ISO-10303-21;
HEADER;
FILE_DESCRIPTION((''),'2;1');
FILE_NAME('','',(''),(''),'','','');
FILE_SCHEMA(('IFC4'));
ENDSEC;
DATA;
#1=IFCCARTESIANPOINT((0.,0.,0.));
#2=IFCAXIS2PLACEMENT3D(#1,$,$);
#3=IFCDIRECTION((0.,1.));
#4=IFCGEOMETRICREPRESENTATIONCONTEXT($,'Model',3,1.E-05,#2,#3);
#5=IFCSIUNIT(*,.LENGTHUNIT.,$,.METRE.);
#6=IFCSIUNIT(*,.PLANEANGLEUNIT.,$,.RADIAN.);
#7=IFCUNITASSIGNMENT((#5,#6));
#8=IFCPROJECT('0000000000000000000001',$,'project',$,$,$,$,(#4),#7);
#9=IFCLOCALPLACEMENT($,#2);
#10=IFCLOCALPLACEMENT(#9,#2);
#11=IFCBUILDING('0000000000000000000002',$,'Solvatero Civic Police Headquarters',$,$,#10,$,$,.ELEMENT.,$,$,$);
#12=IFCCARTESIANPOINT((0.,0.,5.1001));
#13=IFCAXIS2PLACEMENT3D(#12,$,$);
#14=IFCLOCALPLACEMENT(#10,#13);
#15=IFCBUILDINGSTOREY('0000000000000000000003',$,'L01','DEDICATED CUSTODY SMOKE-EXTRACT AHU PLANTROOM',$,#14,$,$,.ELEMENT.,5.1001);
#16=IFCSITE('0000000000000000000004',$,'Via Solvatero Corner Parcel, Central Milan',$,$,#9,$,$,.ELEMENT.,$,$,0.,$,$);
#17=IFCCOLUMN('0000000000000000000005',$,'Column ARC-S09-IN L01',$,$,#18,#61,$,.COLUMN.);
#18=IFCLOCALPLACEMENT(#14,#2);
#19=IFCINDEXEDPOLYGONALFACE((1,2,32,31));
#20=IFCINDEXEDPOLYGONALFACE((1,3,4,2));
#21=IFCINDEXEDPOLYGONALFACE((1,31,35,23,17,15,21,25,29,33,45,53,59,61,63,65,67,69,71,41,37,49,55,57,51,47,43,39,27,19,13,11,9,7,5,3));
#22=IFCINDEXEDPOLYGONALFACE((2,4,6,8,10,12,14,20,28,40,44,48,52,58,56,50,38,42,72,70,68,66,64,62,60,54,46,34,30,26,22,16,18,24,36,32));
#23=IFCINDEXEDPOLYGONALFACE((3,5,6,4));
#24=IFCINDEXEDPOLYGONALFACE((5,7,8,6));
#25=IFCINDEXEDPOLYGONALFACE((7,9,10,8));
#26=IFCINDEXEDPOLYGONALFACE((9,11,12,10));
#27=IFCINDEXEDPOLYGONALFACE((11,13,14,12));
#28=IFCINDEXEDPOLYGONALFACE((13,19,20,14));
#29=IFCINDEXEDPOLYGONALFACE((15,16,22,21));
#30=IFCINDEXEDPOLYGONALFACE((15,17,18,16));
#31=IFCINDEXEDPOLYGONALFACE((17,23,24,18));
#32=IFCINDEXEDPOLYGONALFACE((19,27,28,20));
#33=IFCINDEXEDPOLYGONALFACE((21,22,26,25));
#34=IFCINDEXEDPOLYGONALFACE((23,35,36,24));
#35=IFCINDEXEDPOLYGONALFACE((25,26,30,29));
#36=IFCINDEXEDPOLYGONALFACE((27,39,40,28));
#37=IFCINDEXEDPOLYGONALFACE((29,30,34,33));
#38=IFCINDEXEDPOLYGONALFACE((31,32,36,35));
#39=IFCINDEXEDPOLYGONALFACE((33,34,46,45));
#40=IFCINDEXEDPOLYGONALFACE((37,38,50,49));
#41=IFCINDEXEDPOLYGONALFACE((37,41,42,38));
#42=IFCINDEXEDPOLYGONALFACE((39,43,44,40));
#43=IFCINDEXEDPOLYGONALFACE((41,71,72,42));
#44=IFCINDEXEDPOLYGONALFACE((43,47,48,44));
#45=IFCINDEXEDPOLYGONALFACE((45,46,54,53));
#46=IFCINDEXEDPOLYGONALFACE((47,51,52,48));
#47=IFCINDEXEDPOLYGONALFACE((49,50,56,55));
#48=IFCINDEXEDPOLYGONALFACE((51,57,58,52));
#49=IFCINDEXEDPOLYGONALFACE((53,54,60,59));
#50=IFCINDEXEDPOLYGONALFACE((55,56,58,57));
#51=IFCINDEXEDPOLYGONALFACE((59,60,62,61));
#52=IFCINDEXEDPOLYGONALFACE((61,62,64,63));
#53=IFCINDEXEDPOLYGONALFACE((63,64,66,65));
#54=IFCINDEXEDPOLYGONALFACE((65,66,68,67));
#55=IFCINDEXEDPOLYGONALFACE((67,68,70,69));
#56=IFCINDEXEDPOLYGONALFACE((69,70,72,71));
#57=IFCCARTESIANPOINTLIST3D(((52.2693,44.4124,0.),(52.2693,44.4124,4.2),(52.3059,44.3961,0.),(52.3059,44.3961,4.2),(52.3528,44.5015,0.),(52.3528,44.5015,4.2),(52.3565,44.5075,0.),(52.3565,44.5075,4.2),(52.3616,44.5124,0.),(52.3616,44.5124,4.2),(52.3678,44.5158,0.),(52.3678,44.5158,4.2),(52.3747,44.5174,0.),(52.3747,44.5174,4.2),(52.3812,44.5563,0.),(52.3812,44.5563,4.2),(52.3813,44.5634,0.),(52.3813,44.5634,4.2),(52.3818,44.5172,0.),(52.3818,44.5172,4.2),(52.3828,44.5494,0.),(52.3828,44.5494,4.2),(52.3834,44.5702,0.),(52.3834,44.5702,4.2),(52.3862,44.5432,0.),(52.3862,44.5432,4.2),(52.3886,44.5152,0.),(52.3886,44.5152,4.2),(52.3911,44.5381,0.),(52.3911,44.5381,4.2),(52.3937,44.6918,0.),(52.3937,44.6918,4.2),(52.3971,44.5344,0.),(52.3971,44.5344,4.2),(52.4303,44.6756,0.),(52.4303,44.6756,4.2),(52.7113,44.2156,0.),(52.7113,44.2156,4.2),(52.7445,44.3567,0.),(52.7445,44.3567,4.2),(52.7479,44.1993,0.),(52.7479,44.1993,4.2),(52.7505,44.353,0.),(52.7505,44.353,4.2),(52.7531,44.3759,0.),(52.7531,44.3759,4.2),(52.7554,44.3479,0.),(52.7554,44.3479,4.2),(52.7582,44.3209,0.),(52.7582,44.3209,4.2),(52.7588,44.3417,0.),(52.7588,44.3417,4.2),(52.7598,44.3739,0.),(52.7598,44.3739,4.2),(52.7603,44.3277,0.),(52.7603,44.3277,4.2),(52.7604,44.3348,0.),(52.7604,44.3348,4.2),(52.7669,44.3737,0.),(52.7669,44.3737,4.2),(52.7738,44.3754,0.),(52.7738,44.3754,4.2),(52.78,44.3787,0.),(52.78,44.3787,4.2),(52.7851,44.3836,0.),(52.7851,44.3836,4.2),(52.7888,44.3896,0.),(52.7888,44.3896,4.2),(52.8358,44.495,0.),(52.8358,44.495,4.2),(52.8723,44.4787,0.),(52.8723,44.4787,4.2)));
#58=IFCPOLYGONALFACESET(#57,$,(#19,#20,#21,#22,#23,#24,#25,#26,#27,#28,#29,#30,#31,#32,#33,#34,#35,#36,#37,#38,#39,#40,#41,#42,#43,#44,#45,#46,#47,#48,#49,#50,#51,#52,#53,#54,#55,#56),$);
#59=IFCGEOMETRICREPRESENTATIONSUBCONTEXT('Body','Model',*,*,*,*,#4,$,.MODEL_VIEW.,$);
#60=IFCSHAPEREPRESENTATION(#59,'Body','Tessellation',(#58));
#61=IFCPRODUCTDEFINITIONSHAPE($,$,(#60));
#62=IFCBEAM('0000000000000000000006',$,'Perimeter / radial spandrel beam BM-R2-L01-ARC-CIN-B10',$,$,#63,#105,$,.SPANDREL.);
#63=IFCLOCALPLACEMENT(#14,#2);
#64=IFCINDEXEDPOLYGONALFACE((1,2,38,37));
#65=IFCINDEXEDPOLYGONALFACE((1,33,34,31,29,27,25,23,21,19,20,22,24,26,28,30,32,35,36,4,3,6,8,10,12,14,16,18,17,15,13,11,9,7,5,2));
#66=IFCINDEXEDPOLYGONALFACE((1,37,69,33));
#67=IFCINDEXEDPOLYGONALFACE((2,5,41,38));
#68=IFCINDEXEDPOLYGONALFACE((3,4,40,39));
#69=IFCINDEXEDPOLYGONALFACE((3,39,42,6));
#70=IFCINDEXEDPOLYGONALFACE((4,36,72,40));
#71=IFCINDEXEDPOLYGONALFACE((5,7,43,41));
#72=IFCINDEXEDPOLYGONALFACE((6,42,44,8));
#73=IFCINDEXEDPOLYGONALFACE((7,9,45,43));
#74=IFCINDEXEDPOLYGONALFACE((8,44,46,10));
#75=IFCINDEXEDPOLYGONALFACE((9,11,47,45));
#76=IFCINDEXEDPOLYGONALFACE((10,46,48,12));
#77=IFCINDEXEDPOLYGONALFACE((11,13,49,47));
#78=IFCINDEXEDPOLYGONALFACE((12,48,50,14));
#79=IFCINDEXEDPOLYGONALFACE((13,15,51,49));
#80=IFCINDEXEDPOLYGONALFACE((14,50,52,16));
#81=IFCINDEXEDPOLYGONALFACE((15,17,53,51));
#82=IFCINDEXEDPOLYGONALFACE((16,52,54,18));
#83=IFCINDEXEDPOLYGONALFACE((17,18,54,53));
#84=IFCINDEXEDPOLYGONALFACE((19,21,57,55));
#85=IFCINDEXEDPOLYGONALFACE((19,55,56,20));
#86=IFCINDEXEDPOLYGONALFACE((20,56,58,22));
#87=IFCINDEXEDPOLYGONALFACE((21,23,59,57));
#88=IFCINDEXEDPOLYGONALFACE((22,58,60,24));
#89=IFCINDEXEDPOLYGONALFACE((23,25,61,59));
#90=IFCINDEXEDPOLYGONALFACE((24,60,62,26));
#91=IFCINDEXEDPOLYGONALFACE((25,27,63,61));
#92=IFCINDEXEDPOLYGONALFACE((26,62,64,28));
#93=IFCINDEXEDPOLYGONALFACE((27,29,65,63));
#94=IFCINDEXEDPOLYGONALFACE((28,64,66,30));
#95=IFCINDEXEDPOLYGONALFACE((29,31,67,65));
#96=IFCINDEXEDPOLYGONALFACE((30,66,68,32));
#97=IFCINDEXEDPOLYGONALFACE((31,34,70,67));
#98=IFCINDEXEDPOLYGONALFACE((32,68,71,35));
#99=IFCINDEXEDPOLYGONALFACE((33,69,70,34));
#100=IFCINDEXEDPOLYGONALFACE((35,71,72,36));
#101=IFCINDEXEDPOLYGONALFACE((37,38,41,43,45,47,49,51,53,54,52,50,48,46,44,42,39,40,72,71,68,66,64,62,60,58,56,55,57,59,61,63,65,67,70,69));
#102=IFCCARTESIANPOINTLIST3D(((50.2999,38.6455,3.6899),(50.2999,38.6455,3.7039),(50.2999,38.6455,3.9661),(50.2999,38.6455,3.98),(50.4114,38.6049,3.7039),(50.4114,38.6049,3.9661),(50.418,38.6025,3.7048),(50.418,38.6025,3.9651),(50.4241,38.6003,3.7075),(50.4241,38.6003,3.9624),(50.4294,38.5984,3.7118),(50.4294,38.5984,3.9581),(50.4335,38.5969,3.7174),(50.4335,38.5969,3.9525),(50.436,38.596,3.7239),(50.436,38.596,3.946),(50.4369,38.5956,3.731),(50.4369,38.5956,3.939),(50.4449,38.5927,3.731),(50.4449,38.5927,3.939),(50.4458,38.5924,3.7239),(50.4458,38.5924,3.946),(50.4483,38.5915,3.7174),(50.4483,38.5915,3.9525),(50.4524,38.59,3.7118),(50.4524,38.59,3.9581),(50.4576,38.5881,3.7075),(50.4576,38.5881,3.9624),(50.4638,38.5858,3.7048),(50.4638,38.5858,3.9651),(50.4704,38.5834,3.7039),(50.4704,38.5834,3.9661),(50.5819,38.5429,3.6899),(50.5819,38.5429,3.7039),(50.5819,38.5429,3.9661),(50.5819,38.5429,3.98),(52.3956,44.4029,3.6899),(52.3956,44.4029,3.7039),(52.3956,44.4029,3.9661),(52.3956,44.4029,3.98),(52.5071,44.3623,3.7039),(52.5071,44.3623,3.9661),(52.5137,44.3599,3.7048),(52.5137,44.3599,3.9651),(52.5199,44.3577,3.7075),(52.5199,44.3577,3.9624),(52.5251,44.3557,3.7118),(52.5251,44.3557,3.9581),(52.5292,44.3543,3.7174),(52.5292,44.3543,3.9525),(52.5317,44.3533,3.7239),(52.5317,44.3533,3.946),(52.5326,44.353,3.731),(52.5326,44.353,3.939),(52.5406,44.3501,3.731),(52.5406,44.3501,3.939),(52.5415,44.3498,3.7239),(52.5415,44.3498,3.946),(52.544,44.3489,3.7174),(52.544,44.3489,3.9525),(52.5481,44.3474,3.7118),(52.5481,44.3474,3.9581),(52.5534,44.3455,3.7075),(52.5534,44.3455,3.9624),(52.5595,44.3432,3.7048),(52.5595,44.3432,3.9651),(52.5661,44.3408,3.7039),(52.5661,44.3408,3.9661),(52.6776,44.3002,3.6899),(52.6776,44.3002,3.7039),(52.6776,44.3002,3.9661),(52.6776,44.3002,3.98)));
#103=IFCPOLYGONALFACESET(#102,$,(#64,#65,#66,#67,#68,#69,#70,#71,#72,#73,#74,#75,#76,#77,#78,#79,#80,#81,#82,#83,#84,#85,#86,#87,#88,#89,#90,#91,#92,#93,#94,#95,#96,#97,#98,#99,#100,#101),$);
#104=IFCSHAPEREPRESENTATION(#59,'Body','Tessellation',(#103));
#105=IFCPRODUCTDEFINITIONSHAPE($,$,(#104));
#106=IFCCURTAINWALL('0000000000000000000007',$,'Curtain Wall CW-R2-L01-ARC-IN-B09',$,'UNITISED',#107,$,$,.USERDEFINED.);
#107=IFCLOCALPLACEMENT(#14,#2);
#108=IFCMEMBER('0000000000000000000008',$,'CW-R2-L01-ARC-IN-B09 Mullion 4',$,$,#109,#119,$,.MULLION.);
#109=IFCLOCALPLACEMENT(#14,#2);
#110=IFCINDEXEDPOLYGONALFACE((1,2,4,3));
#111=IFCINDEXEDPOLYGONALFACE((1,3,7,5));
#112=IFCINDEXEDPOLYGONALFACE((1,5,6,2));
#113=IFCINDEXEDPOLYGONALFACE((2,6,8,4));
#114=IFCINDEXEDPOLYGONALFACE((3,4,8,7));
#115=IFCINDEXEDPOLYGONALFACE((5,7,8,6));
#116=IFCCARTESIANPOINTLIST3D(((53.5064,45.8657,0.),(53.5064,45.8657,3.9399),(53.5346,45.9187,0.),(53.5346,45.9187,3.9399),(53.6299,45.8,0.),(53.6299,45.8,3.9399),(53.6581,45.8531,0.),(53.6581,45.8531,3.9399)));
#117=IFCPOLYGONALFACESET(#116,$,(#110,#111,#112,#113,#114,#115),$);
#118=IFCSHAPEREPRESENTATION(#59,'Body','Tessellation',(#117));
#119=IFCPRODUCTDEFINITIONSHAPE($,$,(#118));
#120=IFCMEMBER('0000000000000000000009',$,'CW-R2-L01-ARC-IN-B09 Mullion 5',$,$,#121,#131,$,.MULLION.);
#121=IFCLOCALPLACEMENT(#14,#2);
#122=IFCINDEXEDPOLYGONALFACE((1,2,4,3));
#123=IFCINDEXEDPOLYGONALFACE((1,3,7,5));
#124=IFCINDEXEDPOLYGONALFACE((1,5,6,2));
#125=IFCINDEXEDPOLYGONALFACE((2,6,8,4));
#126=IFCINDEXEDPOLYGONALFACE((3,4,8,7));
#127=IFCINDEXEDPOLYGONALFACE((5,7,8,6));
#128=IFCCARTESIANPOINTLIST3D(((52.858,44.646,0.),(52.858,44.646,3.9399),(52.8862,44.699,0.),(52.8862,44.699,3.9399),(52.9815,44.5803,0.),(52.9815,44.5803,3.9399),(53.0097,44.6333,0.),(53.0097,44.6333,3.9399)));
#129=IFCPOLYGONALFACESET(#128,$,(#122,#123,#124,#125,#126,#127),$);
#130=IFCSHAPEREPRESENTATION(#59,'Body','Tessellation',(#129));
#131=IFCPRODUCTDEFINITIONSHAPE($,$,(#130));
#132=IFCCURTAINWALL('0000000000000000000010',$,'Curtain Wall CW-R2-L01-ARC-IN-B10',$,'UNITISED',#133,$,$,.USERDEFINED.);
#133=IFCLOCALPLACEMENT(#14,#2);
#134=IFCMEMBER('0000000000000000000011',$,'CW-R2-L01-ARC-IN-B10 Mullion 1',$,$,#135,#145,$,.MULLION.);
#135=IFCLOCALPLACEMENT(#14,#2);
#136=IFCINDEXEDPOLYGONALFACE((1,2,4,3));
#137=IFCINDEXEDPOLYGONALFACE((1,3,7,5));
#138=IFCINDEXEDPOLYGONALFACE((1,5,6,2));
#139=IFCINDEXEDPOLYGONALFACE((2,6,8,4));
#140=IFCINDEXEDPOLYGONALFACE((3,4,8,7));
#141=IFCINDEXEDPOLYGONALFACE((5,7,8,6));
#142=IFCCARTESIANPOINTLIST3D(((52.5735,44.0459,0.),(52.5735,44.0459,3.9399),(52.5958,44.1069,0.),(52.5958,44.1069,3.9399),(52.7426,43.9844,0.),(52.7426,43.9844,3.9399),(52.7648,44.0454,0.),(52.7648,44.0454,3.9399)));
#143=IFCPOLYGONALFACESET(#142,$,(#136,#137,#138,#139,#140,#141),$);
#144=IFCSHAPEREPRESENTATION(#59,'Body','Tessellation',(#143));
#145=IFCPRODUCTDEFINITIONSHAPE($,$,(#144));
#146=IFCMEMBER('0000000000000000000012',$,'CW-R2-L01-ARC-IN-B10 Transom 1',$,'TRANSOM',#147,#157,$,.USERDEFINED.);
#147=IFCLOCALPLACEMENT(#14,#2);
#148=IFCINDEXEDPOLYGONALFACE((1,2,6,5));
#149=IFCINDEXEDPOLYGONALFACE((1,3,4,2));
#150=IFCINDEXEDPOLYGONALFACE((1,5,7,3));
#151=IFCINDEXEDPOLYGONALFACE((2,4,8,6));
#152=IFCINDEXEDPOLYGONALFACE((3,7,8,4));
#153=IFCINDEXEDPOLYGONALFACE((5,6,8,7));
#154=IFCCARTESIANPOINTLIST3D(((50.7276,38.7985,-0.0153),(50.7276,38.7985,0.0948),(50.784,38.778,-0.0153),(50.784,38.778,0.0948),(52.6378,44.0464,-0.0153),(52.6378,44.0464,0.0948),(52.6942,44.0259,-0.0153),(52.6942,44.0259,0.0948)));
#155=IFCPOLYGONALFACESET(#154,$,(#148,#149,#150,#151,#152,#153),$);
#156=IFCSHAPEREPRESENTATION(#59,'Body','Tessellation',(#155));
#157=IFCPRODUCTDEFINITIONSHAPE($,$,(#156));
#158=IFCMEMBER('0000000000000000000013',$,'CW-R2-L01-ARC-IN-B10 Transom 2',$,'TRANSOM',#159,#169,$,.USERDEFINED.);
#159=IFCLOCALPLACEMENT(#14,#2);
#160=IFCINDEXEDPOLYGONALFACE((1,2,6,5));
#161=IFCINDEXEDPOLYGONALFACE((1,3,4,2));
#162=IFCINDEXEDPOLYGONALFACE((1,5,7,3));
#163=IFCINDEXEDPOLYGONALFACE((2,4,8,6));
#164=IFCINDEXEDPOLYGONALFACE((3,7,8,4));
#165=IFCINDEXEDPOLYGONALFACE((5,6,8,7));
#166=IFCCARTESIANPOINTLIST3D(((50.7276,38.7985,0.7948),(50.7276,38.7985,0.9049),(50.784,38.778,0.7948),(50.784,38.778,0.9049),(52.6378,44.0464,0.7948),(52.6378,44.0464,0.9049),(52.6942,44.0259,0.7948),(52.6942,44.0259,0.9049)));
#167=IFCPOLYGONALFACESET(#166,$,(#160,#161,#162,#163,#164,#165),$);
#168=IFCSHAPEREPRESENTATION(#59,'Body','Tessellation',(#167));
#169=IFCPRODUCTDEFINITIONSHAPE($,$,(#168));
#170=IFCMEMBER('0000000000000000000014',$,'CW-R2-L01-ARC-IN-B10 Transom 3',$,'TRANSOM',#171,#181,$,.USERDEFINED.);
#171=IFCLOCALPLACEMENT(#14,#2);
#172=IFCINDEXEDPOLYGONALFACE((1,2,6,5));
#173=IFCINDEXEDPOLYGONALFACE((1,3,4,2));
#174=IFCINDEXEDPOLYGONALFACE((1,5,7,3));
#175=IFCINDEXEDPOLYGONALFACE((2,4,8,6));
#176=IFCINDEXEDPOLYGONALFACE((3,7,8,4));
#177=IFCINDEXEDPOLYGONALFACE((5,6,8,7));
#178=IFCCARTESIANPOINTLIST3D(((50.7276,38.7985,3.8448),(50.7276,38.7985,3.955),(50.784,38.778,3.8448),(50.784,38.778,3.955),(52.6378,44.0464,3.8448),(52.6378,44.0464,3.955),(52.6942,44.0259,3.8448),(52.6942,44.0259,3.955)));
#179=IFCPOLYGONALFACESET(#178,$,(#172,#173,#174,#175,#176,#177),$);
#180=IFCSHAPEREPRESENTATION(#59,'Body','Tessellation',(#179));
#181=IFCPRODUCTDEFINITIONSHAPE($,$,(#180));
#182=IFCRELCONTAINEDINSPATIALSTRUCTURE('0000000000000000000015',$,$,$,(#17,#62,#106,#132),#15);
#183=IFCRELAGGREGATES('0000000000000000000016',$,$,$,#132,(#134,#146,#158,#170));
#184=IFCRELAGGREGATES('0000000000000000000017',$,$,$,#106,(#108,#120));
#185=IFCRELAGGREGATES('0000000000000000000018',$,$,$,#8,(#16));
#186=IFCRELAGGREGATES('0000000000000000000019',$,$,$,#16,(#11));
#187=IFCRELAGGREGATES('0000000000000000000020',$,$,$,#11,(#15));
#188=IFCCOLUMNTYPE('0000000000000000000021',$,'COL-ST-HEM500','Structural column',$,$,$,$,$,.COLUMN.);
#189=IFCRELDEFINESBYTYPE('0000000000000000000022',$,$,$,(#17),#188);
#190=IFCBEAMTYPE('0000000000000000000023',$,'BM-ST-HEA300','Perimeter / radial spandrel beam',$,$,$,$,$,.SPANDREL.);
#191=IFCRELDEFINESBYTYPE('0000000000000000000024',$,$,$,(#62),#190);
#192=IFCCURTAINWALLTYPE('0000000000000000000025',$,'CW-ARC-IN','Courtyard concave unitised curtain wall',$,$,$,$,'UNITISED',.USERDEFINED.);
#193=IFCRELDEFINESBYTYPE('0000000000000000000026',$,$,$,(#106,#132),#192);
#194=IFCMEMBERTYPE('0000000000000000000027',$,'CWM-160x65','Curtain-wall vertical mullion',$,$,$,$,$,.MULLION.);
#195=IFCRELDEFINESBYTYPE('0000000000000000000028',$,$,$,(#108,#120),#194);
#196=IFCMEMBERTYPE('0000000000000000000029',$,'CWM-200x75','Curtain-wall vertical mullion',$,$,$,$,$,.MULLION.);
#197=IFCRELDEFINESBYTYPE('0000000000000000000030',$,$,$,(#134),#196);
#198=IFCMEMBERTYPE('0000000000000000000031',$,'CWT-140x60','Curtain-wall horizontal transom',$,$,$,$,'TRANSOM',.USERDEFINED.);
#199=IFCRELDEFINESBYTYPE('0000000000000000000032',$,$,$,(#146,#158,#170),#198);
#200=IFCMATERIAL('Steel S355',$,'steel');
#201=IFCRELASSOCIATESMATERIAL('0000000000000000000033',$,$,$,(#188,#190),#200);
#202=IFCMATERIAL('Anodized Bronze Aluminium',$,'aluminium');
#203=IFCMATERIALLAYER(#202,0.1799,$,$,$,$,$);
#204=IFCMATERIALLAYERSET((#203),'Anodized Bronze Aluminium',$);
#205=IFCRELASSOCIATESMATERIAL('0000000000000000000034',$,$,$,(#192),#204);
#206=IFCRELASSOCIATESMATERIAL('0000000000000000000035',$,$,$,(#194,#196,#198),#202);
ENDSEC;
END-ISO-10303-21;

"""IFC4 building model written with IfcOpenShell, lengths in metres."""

from ifc_helpers import new_model, si_unit, direction, frame, origin, origin_2d, place, context, subcontext, project, spatial, rectangle, i_section, extrude, material, layer, layer_set, material_profile, profile_set, type_object, element, aggregate, save


model = new_model("IFC4")

# Units and contexts
model_context = context("Model", 3, precision=1e-05, world=origin(), true_north=direction((0.0, 1.0)))
body_context = subcontext(model_context, "Body", "Model", "MODEL_VIEW")
ifc_project = project(units=[si_unit("LENGTHUNIT", "METRE"), si_unit("PLANEANGLEUNIT", "RADIAN")], contexts=[model_context])

# Site, building, storey
site_placement = place(None, origin())
site = spatial("IfcSite", under=ifc_project, at=site_placement, Name="Via Solvatero Corner Parcel, Central Milan", CompositionType="ELEMENT", RefElevation=0.0)
building_placement = place(site_placement, origin())
building = spatial("IfcBuilding", under=site, at=building_placement, Name="Solvatero Civic Police Headquarters", CompositionType="ELEMENT")
storey_placement = place(building_placement, frame((0.0, 0.0, 5.1001)))
storey = spatial("IfcBuildingStorey", under=building, at=storey_placement, Name="L01", Description="DEDICATED CUSTODY SMOKE-EXTRACT AHU PLANTROOM", CompositionType="ELEMENT", Elevation=5.1001)

# Column
ifc_material_1 = material(Name="Steel S355", Category="steel")
ifc_material_profile_1 = material_profile(ifc_material_1, i_section(OverallWidth=0.3059, OverallDepth=0.5239, WebThickness=0.021, FlangeThickness=0.04, FilletRadius=0.0271, at=origin_2d()), Name="HEM 500")
ifc_profile_set_1 = profile_set([ifc_material_profile_1], Name="Steel S355")
column_type = type_object("IfcColumnType", Name="COL-ST-HEM500", Description="Structural column", PredefinedType="COLUMN", material=ifc_profile_set_1)
column_placement = place(storey_placement, frame((52.5708, 44.4456, 0.0), z_axis=(0.0, 0.0, 1.0), x_axis=(0.406737, 0.913545, 0.0)))
element("IfcColumn", 1, at=column_placement, inside=storey, type_object=column_type, Name="Column ARC-S09-IN L01", PredefinedType="COLUMN", context=body_context, shape_type="SweptSolid", body=[
    extrude(i_section(OverallWidth=0.3059, OverallDepth=0.5239, WebThickness=0.021, FlangeThickness=0.04, FilletRadius=0.0271, at=origin_2d()), origin(), (0.0, 0.0, 1.0), 4.2),
])

# Beam
ifc_material_profile_2 = material_profile(ifc_material_1, i_section(OverallWidth=0.3, OverallDepth=0.29, WebThickness=0.0085, FlangeThickness=0.0139, FilletRadius=0.0271, at=origin_2d()), Name="HEA 300")
ifc_profile_set_2 = profile_set([ifc_material_profile_2], Name="Steel S355")
beam_type = type_object("IfcBeamType", Name="BM-ST-HEA300", Description="Perimeter / radial spandrel beam", PredefinedType="SPANDREL", material=ifc_profile_set_2)
beam_placement = place(storey_placement, frame((52.5366, 44.3516, 3.835), z_axis=(-0.34205, -0.939682, 0.0), x_axis=(0.939682, -0.34205, 0.0)))
element("IfcBeam", 2, at=beam_placement, inside=storey, type_object=beam_type, Name="Perimeter / radial spandrel beam BM-R2-L01-ARC-CIN-B10", PredefinedType="SPANDREL", context=body_context, shape_type="SweptSolid", body=[
    extrude(i_section(OverallWidth=0.3, OverallDepth=0.29, WebThickness=0.0085, FlangeThickness=0.0139, FilletRadius=0.0271, at=origin_2d()), origin(), (0.0, 0.0, 1.0), 6.127),
])

# Curtain walls, members
ifc_material_2 = material(Name="Anodized Bronze Aluminium", Category="aluminium")
ifc_layer_1 = layer(ifc_material_2, 0.1799)
ifc_layer_set_1 = layer_set([ifc_layer_1], Name="Anodized Bronze Aluminium")
curtain_wall_type = type_object("IfcCurtainWallType", Name="CW-ARC-IN", Description="Courtyard concave unitised curtain wall", ElementType="UNITISED", PredefinedType="USERDEFINED", material=ifc_layer_set_1)
curtain_wall_1_placement = place(storey_placement, origin())
curtain_wall_1 = element("IfcCurtainWall", 3, at=curtain_wall_1_placement, inside=storey, type_object=curtain_wall_type, Name="Curtain Wall CW-R2-L01-ARC-IN-B09", ObjectType="UNITISED", PredefinedType="USERDEFINED")
ifc_material_profile_3 = material_profile(ifc_material_2, rectangle(XDim=0.0601, YDim=0.1399, at=origin_2d()), Name="ALU MULLION 60x140")
ifc_profile_set_3 = profile_set([ifc_material_profile_3], Name="Anodized Bronze Aluminium")
member_type_1 = type_object("IfcMemberType", Name="CWM-160x65", Description="Curtain-wall vertical mullion", PredefinedType="MULLION", material=ifc_profile_set_3)
member_1_placement = place(storey_placement, frame((53.5823, 45.8594, 0.0), z_axis=(0.0, 0.0, 1.0), x_axis=(-0.469472, -0.882948, 0.0)))
member_1 = element("IfcMember", 4, at=member_1_placement, type_object=member_type_1, Name="CW-R2-L01-ARC-IN-B09 Mullion 4", PredefinedType="MULLION", context=body_context, shape_type="SweptSolid", body=[
    extrude(rectangle(XDim=0.0601, YDim=0.1399, at=origin_2d()), origin(), (0.0, 0.0, 1.0), 3.9399),
])
member_2_placement = place(storey_placement, frame((52.9338, 44.6396, 0.0), z_axis=(0.0, 0.0, 1.0), x_axis=(-0.469472, -0.882948, 0.0)))
member_2 = element("IfcMember", 5, at=member_2_placement, type_object=member_type_1, Name="CW-R2-L01-ARC-IN-B09 Mullion 5", PredefinedType="MULLION", context=body_context, shape_type="SweptSolid", body=[
    extrude(rectangle(XDim=0.0601, YDim=0.1399, at=origin_2d()), origin(), (0.0, 0.0, 1.0), 3.9399),
])
curtain_wall_2_placement = place(storey_placement, origin())
curtain_wall_2 = element("IfcCurtainWall", 6, at=curtain_wall_2_placement, inside=storey, type_object=curtain_wall_type, Name="Curtain Wall CW-R2-L01-ARC-IN-B10", ObjectType="UNITISED", PredefinedType="USERDEFINED")
ifc_material_profile_4 = material_profile(ifc_material_2, rectangle(XDim=0.0649, YDim=0.1799, at=origin_2d()), Name="ALU MULLION 65x180")
ifc_profile_set_4 = profile_set([ifc_material_profile_4], Name="Anodized Bronze Aluminium")
member_type_2 = type_object("IfcMemberType", Name="CWM-200x75", Description="Curtain-wall vertical mullion", PredefinedType="MULLION", material=ifc_profile_set_4)
member_3_placement = place(storey_placement, frame((52.6692, 44.0457, 0.0), z_axis=(0.0, 0.0, 1.0), x_axis=(-0.34202, -0.939693, 0.0)))
member_3 = element("IfcMember", 7, at=member_3_placement, type_object=member_type_2, Name="CW-R2-L01-ARC-IN-B10 Mullion 1", PredefinedType="MULLION", context=body_context, shape_type="SweptSolid", body=[
    extrude(rectangle(XDim=0.0649, YDim=0.1799, at=origin_2d()), origin(), (0.0, 0.0, 1.0), 3.9399),
])
ifc_material_profile_5 = material_profile(ifc_material_2, rectangle(XDim=0.0601, YDim=0.1101, at=origin_2d()), Name="ALU TRANSOM 60x110")
ifc_profile_set_5 = profile_set([ifc_material_profile_5], Name="Anodized Bronze Aluminium")
member_type_3 = type_object("IfcMemberType", Name="CWT-140x60", Description="Curtain-wall horizontal transom", ElementType="TRANSOM", PredefinedType="USERDEFINED", material=ifc_profile_set_5)
member_4_placement = place(storey_placement, frame((52.666, 44.0361, 0.0398), z_axis=(-0.342038, -0.939686, 0.0), x_axis=(0.939686, -0.342038, 0.0)))
member_4 = element("IfcMember", 8, at=member_4_placement, type_object=member_type_3, Name="CW-R2-L01-ARC-IN-B10 Transom 1", ObjectType="TRANSOM", PredefinedType="USERDEFINED", context=body_context, shape_type="SweptSolid", body=[
    extrude(rectangle(XDim=0.0601, YDim=0.1101, at=origin_2d()), origin(), (0.0, 0.0, 1.0), 5.5847),
])
member_5_placement = place(storey_placement, frame((52.666, 44.0361, 0.8499), z_axis=(-0.342038, -0.939686, 0.0), x_axis=(0.939686, -0.342038, 0.0)))
member_5 = element("IfcMember", 9, at=member_5_placement, type_object=member_type_3, Name="CW-R2-L01-ARC-IN-B10 Transom 2", ObjectType="TRANSOM", PredefinedType="USERDEFINED", context=body_context, shape_type="SweptSolid", body=[
    extrude(rectangle(XDim=0.0601, YDim=0.1101, at=origin_2d()), origin(), (0.0, 0.0, 1.0), 5.5847),
])
member_6_placement = place(storey_placement, frame((52.666, 44.0361, 3.8999), z_axis=(-0.342038, -0.939686, 0.0), x_axis=(0.939686, -0.342038, 0.0)))
member_6 = element("IfcMember", 10, at=member_6_placement, type_object=member_type_3, Name="CW-R2-L01-ARC-IN-B10 Transom 3", ObjectType="TRANSOM", PredefinedType="USERDEFINED", context=body_context, shape_type="SweptSolid", body=[
    extrude(rectangle(XDim=0.0601, YDim=0.1101, at=origin_2d()), origin(), (0.0, 0.0, 1.0), 5.5847),
])

aggregate(curtain_wall_2, [member_3, member_4, member_5, member_6])
aggregate(curtain_wall_1, [member_1, member_2])

save(model, "model.ifc")
